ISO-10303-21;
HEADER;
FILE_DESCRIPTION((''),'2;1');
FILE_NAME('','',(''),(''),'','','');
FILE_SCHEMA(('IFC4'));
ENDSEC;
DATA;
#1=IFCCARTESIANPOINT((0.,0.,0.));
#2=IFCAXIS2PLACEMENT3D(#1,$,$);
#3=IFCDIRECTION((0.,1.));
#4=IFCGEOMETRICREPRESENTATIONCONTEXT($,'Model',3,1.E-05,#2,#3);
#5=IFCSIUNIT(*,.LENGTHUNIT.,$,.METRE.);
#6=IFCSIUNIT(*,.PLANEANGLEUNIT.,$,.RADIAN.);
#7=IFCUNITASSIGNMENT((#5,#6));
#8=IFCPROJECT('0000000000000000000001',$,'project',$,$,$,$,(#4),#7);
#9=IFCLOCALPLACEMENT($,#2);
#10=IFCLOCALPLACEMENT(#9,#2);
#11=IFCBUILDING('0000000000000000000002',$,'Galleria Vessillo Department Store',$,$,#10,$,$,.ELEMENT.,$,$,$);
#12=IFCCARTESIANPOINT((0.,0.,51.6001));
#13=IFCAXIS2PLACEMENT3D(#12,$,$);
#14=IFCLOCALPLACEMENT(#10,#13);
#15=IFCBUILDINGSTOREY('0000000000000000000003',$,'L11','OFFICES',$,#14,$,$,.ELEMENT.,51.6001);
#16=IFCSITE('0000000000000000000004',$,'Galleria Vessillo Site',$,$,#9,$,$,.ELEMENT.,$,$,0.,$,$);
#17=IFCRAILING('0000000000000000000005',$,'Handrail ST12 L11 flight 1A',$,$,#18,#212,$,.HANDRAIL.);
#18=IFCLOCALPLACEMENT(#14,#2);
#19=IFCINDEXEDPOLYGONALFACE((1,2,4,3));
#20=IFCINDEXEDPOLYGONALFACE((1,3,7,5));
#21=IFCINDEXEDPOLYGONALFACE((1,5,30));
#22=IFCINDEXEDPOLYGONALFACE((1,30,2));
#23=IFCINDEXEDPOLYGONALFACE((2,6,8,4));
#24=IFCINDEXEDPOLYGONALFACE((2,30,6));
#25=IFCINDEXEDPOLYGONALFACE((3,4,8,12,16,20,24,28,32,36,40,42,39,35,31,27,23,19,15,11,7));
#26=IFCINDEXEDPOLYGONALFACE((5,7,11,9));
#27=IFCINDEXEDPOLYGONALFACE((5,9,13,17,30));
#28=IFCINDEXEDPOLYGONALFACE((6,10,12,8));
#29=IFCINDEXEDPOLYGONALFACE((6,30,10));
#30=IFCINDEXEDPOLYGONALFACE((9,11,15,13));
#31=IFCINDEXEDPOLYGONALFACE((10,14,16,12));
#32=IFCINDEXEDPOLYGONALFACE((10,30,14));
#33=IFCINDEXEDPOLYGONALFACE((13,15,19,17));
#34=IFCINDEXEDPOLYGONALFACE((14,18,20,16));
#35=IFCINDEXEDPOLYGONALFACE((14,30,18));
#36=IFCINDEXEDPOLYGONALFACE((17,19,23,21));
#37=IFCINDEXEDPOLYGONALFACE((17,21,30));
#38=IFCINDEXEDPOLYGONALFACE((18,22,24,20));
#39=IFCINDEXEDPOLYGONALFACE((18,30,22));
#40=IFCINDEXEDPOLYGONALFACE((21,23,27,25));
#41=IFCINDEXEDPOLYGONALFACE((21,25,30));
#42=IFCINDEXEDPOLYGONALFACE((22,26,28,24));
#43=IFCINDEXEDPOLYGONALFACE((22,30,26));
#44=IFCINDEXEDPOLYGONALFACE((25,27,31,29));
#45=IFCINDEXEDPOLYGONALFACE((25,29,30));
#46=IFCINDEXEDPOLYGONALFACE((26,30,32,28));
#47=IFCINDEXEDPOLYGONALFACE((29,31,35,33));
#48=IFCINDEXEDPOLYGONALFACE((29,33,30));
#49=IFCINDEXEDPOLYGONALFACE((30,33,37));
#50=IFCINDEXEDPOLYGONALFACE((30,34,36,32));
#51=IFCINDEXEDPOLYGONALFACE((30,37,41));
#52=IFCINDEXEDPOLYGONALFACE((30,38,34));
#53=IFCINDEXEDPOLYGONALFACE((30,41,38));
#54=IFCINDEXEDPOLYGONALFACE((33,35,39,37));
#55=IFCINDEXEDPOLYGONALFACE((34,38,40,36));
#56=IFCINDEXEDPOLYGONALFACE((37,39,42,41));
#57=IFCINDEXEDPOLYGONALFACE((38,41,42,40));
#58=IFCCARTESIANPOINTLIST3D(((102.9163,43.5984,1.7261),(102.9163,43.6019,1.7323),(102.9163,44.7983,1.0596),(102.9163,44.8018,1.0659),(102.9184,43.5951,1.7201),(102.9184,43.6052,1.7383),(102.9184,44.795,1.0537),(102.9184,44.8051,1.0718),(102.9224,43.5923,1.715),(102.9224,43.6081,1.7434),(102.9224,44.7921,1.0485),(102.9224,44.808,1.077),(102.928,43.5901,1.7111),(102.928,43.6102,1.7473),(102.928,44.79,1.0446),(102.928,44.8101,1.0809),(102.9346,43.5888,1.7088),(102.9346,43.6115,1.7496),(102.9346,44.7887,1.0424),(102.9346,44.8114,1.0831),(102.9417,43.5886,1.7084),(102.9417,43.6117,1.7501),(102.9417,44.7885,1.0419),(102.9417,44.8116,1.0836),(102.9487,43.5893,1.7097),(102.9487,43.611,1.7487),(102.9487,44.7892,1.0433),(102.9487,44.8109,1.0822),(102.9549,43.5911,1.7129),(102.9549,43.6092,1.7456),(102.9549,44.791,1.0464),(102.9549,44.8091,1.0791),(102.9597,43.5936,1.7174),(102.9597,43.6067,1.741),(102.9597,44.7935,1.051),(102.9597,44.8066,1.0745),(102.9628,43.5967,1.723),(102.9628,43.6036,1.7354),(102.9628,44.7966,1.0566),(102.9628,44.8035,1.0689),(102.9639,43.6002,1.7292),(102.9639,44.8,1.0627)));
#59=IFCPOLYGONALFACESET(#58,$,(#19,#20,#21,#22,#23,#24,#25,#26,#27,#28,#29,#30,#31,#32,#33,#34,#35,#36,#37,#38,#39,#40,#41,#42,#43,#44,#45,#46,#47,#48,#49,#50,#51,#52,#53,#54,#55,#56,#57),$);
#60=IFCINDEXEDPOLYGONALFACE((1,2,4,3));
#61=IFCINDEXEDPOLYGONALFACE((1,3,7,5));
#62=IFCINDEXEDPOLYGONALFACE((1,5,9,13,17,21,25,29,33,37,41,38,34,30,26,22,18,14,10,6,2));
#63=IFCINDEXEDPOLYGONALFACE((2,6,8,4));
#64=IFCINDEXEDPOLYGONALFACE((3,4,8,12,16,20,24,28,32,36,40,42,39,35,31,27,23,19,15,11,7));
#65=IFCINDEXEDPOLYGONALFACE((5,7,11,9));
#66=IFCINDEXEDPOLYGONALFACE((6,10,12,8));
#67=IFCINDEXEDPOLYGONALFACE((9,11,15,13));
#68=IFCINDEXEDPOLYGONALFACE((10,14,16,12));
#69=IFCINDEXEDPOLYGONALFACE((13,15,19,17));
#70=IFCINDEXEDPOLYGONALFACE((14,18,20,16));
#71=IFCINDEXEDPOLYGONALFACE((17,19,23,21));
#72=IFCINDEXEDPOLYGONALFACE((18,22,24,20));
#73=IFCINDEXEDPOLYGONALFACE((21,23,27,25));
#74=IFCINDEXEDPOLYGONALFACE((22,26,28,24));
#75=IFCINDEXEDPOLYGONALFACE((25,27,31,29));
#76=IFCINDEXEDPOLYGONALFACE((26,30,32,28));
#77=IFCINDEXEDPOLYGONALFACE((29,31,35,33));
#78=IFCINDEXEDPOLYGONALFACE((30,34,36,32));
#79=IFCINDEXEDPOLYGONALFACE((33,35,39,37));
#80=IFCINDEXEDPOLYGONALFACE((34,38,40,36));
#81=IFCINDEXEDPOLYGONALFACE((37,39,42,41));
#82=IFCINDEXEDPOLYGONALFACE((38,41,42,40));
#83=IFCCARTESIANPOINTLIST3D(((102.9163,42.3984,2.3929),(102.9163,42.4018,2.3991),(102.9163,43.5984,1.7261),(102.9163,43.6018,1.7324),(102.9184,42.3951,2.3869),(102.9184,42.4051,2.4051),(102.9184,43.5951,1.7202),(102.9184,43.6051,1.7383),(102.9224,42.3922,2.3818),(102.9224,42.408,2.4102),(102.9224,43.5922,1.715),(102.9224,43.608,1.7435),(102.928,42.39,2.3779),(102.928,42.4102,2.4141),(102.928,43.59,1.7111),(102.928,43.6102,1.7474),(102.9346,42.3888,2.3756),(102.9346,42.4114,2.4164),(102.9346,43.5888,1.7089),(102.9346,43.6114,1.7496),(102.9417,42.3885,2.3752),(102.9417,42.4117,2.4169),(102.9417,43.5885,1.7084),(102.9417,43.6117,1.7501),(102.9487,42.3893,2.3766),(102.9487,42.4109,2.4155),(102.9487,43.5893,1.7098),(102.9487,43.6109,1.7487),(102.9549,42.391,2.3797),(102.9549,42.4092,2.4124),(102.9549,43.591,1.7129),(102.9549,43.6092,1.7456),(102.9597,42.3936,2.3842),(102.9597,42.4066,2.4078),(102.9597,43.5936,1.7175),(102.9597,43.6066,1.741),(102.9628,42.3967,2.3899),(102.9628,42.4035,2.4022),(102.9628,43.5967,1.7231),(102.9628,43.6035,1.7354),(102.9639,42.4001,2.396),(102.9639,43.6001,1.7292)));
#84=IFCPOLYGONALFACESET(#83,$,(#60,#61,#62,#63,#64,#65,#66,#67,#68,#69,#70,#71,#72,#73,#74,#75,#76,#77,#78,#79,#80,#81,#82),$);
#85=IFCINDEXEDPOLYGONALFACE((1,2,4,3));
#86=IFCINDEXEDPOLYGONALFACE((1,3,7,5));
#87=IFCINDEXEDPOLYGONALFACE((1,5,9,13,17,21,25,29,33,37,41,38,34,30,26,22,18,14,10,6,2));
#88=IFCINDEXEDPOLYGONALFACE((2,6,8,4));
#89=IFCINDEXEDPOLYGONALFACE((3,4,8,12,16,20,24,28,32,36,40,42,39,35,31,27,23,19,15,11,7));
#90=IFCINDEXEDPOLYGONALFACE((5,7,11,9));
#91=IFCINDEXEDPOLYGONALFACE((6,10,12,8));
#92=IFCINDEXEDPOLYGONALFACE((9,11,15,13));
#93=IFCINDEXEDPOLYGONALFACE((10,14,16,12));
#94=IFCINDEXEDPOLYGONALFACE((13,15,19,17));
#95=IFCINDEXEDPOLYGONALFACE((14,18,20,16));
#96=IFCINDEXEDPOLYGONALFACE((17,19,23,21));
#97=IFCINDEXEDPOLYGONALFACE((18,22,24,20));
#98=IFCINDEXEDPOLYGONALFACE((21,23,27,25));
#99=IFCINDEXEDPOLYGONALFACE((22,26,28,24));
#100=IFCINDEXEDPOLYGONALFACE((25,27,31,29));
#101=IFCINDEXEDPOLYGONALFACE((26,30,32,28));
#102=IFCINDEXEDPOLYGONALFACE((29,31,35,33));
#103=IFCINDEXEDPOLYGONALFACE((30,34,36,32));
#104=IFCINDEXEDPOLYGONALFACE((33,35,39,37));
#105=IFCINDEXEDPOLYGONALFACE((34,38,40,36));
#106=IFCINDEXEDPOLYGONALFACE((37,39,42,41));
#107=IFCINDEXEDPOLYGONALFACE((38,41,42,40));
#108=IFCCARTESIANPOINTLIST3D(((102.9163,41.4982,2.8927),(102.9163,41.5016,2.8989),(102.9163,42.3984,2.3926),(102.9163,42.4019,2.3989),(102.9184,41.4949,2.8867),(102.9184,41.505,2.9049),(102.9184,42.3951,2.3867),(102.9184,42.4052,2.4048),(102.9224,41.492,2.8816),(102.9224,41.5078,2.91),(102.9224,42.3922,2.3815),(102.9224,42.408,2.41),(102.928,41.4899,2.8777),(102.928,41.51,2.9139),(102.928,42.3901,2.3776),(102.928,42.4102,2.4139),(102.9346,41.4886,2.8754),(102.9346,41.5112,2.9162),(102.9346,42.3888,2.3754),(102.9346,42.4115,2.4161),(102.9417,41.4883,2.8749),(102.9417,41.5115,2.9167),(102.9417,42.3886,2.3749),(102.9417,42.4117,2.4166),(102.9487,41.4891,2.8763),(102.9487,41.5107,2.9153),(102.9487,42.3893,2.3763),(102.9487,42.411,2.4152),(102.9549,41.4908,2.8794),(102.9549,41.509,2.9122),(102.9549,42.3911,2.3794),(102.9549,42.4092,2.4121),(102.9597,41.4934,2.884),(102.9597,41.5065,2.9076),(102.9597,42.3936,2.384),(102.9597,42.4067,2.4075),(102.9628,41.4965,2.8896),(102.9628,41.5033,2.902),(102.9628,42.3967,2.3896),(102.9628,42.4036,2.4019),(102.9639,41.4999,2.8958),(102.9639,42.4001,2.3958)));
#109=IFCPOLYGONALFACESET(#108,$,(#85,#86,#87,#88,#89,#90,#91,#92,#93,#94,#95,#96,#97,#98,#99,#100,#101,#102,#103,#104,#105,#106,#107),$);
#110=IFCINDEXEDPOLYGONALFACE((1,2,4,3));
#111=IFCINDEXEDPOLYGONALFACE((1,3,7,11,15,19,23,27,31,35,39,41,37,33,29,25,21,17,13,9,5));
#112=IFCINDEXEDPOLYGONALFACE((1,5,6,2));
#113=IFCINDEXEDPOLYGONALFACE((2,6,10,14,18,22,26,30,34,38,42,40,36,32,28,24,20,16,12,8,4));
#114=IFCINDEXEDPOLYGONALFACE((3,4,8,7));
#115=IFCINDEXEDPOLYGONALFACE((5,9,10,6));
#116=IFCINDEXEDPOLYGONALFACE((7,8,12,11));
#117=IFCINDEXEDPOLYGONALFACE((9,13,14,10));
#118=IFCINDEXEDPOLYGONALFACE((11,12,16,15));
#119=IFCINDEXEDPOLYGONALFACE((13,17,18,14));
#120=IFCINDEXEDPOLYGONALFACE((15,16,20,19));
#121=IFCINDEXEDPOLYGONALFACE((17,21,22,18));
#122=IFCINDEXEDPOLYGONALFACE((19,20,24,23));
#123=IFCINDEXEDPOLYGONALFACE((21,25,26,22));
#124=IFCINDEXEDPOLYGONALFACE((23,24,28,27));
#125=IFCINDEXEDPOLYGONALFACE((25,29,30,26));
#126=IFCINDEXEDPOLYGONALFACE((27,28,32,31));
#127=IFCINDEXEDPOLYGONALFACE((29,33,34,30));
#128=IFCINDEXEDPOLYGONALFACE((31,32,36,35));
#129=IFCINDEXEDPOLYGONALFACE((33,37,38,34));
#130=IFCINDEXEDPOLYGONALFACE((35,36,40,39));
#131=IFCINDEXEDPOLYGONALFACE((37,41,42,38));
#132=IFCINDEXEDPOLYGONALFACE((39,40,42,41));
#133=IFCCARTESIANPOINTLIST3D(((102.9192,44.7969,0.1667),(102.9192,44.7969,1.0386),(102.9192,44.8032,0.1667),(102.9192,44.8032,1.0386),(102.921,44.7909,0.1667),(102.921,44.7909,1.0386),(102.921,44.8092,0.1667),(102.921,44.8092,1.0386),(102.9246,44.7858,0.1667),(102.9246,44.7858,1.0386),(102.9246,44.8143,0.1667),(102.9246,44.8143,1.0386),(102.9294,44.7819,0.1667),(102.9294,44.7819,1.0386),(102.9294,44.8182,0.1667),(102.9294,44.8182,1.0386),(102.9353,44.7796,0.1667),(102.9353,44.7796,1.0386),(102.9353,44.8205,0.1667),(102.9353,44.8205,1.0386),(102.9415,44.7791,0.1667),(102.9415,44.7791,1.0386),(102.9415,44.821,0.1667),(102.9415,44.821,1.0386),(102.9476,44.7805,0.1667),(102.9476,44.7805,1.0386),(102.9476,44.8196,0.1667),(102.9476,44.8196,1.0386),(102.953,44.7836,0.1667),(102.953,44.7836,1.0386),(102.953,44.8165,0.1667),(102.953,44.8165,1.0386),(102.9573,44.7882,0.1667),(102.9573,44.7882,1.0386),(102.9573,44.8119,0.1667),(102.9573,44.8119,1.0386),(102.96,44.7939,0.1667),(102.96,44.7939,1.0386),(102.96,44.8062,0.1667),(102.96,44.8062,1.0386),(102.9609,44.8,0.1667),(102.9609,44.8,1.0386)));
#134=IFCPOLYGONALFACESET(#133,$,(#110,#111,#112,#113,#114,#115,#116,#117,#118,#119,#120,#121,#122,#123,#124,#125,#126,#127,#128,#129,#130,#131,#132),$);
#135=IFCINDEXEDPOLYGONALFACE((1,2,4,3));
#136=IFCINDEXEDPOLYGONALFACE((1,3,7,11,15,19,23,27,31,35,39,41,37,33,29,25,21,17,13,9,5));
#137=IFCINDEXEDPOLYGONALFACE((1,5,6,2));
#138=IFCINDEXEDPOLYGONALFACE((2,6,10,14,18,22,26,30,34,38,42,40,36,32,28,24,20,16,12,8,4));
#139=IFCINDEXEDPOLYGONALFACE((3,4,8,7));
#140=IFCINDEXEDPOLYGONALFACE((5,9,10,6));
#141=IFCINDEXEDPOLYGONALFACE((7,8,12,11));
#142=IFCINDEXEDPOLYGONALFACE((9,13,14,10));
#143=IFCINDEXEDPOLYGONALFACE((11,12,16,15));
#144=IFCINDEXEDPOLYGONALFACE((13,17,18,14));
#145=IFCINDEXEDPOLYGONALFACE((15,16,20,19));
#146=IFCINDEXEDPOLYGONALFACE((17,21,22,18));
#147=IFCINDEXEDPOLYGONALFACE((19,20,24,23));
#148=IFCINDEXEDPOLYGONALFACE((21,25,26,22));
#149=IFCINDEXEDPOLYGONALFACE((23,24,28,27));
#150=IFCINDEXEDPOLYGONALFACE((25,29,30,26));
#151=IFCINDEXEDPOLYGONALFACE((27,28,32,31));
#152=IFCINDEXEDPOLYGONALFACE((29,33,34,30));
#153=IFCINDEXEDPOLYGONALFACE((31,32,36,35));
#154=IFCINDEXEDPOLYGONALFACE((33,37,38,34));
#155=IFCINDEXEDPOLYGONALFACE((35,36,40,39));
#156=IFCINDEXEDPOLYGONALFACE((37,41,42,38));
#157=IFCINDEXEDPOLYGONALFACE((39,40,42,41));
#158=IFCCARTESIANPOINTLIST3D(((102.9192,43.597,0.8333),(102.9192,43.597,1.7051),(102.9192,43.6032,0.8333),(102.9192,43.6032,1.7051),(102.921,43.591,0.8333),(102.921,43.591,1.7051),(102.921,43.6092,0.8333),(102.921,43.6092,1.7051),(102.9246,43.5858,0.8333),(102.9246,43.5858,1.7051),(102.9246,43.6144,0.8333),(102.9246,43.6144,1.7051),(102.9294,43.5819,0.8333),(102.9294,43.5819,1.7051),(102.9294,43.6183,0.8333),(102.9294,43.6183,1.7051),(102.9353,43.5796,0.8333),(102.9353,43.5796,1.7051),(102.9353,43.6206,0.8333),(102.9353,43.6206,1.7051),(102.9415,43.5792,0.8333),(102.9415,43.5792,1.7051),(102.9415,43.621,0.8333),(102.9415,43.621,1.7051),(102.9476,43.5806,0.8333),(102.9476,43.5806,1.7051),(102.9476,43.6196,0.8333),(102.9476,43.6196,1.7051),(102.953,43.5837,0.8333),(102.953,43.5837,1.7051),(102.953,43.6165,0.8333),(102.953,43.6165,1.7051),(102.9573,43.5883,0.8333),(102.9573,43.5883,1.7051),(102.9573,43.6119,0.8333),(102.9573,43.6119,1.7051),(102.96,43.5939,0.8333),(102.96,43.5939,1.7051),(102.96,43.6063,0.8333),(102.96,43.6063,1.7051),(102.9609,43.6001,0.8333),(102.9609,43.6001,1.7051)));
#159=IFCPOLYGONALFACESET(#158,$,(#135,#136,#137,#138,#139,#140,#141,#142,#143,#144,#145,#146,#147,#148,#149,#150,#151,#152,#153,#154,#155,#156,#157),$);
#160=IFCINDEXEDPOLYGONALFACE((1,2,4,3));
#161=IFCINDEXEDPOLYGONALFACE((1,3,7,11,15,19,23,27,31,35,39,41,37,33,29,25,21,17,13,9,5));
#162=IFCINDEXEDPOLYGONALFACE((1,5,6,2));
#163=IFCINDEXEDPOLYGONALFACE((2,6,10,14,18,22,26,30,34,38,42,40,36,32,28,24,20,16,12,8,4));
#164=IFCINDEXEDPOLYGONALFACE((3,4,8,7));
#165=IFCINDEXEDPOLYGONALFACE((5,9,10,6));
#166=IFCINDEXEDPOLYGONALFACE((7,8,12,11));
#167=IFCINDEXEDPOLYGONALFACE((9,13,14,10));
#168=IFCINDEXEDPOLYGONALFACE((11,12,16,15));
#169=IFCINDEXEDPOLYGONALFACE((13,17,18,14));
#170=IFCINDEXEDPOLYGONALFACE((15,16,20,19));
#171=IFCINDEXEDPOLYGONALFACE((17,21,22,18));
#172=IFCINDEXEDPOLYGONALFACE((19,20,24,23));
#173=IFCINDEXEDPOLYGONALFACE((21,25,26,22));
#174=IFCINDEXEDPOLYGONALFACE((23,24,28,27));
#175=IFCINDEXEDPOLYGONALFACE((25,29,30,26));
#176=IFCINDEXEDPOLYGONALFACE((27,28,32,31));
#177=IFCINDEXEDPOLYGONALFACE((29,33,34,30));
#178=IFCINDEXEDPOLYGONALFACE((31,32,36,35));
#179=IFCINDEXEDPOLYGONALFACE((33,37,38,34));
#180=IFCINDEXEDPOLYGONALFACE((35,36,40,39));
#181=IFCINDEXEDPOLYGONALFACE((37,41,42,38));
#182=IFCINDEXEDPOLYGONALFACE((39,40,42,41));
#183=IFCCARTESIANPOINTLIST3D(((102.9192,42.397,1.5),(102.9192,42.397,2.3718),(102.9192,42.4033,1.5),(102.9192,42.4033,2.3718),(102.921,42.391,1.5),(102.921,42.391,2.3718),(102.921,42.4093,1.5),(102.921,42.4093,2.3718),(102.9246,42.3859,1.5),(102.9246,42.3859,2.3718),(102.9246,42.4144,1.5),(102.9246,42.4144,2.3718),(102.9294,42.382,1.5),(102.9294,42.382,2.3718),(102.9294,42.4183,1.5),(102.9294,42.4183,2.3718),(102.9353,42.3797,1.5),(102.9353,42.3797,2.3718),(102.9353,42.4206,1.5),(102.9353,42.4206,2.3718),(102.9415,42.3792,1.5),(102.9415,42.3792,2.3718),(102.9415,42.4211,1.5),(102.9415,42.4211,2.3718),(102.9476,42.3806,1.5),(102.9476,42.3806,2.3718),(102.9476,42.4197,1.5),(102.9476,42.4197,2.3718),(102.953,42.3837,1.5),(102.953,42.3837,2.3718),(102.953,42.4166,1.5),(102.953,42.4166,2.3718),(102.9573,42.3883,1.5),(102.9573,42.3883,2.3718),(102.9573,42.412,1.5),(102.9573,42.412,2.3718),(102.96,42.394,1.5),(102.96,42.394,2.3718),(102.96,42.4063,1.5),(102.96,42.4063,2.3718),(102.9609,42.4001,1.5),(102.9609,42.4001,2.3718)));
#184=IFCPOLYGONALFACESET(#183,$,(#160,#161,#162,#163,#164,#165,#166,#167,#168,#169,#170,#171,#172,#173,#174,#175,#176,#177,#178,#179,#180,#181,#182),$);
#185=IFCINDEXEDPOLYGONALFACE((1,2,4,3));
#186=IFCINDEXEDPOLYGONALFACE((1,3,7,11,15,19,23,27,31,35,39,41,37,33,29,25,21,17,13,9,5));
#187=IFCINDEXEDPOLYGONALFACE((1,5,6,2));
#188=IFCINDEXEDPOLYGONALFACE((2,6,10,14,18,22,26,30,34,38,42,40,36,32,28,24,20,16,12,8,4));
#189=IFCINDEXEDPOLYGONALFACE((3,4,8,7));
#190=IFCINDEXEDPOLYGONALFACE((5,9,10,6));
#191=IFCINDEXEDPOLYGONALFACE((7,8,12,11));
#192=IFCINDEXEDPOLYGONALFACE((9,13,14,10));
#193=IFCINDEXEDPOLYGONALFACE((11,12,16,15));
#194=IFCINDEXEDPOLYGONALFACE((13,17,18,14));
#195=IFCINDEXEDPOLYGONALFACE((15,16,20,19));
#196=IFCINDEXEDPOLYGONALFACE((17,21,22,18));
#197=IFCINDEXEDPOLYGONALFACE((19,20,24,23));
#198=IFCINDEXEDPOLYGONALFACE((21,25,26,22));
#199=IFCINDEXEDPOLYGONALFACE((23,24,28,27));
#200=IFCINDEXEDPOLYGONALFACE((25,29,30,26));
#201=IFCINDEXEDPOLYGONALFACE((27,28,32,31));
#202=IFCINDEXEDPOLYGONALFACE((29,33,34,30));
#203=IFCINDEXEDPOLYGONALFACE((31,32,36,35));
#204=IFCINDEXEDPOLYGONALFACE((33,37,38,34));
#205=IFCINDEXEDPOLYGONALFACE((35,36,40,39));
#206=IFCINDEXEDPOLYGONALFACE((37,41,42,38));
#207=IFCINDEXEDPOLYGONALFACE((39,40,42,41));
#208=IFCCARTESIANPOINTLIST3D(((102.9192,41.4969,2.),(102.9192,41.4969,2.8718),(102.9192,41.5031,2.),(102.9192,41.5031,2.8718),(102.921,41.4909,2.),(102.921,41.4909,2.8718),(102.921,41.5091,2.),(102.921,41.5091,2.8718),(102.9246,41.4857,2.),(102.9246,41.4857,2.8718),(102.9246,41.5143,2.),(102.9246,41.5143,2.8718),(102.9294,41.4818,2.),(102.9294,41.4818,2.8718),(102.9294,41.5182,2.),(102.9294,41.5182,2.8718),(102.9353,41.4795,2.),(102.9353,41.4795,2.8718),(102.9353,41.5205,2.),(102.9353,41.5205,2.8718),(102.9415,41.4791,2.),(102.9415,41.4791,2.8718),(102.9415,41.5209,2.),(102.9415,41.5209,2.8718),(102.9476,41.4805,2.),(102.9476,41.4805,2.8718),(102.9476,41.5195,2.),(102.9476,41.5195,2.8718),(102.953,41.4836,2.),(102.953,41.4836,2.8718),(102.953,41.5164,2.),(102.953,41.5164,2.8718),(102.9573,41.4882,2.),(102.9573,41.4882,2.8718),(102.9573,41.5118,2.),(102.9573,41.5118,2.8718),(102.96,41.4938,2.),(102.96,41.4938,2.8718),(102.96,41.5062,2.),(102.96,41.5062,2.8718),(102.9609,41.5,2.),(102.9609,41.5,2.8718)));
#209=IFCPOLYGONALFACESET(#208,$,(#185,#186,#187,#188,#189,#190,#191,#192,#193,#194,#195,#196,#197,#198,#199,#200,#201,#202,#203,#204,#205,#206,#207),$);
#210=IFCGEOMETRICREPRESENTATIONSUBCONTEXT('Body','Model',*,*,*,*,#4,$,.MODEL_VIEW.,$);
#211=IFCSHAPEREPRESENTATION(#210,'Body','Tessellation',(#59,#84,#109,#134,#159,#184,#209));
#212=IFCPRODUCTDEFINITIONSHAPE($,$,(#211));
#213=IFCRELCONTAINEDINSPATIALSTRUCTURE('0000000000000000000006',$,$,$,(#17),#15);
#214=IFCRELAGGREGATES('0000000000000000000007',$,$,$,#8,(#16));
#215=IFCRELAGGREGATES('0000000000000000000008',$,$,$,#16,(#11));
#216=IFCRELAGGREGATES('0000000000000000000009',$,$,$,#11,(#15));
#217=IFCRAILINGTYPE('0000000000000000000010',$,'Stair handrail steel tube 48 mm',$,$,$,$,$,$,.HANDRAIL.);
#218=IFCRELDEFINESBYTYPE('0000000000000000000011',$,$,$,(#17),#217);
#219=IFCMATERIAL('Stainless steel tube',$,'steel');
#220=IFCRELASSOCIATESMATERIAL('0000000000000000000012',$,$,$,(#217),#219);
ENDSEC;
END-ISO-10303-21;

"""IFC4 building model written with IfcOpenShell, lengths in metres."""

from ifc_helpers import new_model, si_unit, direction, frame, origin, origin_2d, place, context, subcontext, project, spatial, circle, extrude, material, type_object, element, save


model = new_model("IFC4")

# Units and contexts
model_context = context("Model", 3, precision=1e-05, world=origin(), true_north=direction((0.0, 1.0)))
body_context = subcontext(model_context, "Body", "Model", "MODEL_VIEW")
ifc_project = project(units=[si_unit("LENGTHUNIT", "METRE"), si_unit("PLANEANGLEUNIT", "RADIAN")], contexts=[model_context])

# Site, building, storey
site_placement = place(None, origin())
site = spatial("IfcSite", under=ifc_project, at=site_placement, Name="Galleria Vessillo Site", CompositionType="ELEMENT", RefElevation=0.0)
building_placement = place(site_placement, origin())
building = spatial("IfcBuilding", under=site, at=building_placement, Name="Galleria Vessillo Department Store", CompositionType="ELEMENT")
storey_placement = place(building_placement, frame((0.0, 0.0, 51.6001)))
storey = spatial("IfcBuildingStorey", under=building, at=storey_placement, Name="L11", Description="OFFICES", CompositionType="ELEMENT", Elevation=51.6001)

# Railing
ifc_material_1 = material(Name="Stainless steel tube", Category="steel")
railing_type = type_object("IfcRailingType", Name="Stair handrail steel tube 48 mm", PredefinedType="HANDRAIL", material=ifc_material_1)
for number, where, name in (
    (1, (102.9399, 44.8, 0.1667), "Handrail ST12 L11 flight 1A"),
):
    element("IfcRailing", number, at=place(storey_placement, frame(where)), inside=storey, type_object=railing_type, Name=name, PredefinedType="HANDRAIL", context=body_context, shape_type="SweptSolid", body=[
        extrude(circle(Radius=0.0239, at=origin_2d()), frame((0.0, 0.0, 0.896), z_axis=(0.0, -0.874199, 0.485567), x_axis=(1.0, 0.0, 0.0)), (0.0, 0.0, 1.0), 1.3726),
        extrude(circle(Radius=0.0239, at=origin_2d()), frame((0.0, -1.2, 1.5625), z_axis=(0.0, -0.874124, 0.485703), x_axis=(1.0, 0.0, 0.0)), (0.0, 0.0, 1.0), 1.3728),
        extrude(circle(Radius=0.0239, at=origin_2d()), frame((0.0, -2.3999, 2.229), z_axis=(0.0, -0.874191, 0.485583), x_axis=(1.0, 0.0, 0.0)), (0.0, 0.0, 1.0), 1.0298),
        extrude(circle(Radius=0.021, at=origin_2d()), origin(), (0.0, 0.0, 1.0), 0.8718),
        extrude(circle(Radius=0.021, at=origin_2d()), frame((0.0, -1.2, 0.6665)), (0.0, 0.0, 1.0), 0.8718),
        extrude(circle(Radius=0.021, at=origin_2d()), frame((0.0, -2.3999, 1.3333)), (0.0, 0.0, 1.0), 0.8718),
        extrude(circle(Radius=0.021, at=origin_2d()), frame((0.0, -3.3, 1.8333)), (0.0, 0.0, 1.0), 0.8718),
    ])

save(model, "model.ifc")
